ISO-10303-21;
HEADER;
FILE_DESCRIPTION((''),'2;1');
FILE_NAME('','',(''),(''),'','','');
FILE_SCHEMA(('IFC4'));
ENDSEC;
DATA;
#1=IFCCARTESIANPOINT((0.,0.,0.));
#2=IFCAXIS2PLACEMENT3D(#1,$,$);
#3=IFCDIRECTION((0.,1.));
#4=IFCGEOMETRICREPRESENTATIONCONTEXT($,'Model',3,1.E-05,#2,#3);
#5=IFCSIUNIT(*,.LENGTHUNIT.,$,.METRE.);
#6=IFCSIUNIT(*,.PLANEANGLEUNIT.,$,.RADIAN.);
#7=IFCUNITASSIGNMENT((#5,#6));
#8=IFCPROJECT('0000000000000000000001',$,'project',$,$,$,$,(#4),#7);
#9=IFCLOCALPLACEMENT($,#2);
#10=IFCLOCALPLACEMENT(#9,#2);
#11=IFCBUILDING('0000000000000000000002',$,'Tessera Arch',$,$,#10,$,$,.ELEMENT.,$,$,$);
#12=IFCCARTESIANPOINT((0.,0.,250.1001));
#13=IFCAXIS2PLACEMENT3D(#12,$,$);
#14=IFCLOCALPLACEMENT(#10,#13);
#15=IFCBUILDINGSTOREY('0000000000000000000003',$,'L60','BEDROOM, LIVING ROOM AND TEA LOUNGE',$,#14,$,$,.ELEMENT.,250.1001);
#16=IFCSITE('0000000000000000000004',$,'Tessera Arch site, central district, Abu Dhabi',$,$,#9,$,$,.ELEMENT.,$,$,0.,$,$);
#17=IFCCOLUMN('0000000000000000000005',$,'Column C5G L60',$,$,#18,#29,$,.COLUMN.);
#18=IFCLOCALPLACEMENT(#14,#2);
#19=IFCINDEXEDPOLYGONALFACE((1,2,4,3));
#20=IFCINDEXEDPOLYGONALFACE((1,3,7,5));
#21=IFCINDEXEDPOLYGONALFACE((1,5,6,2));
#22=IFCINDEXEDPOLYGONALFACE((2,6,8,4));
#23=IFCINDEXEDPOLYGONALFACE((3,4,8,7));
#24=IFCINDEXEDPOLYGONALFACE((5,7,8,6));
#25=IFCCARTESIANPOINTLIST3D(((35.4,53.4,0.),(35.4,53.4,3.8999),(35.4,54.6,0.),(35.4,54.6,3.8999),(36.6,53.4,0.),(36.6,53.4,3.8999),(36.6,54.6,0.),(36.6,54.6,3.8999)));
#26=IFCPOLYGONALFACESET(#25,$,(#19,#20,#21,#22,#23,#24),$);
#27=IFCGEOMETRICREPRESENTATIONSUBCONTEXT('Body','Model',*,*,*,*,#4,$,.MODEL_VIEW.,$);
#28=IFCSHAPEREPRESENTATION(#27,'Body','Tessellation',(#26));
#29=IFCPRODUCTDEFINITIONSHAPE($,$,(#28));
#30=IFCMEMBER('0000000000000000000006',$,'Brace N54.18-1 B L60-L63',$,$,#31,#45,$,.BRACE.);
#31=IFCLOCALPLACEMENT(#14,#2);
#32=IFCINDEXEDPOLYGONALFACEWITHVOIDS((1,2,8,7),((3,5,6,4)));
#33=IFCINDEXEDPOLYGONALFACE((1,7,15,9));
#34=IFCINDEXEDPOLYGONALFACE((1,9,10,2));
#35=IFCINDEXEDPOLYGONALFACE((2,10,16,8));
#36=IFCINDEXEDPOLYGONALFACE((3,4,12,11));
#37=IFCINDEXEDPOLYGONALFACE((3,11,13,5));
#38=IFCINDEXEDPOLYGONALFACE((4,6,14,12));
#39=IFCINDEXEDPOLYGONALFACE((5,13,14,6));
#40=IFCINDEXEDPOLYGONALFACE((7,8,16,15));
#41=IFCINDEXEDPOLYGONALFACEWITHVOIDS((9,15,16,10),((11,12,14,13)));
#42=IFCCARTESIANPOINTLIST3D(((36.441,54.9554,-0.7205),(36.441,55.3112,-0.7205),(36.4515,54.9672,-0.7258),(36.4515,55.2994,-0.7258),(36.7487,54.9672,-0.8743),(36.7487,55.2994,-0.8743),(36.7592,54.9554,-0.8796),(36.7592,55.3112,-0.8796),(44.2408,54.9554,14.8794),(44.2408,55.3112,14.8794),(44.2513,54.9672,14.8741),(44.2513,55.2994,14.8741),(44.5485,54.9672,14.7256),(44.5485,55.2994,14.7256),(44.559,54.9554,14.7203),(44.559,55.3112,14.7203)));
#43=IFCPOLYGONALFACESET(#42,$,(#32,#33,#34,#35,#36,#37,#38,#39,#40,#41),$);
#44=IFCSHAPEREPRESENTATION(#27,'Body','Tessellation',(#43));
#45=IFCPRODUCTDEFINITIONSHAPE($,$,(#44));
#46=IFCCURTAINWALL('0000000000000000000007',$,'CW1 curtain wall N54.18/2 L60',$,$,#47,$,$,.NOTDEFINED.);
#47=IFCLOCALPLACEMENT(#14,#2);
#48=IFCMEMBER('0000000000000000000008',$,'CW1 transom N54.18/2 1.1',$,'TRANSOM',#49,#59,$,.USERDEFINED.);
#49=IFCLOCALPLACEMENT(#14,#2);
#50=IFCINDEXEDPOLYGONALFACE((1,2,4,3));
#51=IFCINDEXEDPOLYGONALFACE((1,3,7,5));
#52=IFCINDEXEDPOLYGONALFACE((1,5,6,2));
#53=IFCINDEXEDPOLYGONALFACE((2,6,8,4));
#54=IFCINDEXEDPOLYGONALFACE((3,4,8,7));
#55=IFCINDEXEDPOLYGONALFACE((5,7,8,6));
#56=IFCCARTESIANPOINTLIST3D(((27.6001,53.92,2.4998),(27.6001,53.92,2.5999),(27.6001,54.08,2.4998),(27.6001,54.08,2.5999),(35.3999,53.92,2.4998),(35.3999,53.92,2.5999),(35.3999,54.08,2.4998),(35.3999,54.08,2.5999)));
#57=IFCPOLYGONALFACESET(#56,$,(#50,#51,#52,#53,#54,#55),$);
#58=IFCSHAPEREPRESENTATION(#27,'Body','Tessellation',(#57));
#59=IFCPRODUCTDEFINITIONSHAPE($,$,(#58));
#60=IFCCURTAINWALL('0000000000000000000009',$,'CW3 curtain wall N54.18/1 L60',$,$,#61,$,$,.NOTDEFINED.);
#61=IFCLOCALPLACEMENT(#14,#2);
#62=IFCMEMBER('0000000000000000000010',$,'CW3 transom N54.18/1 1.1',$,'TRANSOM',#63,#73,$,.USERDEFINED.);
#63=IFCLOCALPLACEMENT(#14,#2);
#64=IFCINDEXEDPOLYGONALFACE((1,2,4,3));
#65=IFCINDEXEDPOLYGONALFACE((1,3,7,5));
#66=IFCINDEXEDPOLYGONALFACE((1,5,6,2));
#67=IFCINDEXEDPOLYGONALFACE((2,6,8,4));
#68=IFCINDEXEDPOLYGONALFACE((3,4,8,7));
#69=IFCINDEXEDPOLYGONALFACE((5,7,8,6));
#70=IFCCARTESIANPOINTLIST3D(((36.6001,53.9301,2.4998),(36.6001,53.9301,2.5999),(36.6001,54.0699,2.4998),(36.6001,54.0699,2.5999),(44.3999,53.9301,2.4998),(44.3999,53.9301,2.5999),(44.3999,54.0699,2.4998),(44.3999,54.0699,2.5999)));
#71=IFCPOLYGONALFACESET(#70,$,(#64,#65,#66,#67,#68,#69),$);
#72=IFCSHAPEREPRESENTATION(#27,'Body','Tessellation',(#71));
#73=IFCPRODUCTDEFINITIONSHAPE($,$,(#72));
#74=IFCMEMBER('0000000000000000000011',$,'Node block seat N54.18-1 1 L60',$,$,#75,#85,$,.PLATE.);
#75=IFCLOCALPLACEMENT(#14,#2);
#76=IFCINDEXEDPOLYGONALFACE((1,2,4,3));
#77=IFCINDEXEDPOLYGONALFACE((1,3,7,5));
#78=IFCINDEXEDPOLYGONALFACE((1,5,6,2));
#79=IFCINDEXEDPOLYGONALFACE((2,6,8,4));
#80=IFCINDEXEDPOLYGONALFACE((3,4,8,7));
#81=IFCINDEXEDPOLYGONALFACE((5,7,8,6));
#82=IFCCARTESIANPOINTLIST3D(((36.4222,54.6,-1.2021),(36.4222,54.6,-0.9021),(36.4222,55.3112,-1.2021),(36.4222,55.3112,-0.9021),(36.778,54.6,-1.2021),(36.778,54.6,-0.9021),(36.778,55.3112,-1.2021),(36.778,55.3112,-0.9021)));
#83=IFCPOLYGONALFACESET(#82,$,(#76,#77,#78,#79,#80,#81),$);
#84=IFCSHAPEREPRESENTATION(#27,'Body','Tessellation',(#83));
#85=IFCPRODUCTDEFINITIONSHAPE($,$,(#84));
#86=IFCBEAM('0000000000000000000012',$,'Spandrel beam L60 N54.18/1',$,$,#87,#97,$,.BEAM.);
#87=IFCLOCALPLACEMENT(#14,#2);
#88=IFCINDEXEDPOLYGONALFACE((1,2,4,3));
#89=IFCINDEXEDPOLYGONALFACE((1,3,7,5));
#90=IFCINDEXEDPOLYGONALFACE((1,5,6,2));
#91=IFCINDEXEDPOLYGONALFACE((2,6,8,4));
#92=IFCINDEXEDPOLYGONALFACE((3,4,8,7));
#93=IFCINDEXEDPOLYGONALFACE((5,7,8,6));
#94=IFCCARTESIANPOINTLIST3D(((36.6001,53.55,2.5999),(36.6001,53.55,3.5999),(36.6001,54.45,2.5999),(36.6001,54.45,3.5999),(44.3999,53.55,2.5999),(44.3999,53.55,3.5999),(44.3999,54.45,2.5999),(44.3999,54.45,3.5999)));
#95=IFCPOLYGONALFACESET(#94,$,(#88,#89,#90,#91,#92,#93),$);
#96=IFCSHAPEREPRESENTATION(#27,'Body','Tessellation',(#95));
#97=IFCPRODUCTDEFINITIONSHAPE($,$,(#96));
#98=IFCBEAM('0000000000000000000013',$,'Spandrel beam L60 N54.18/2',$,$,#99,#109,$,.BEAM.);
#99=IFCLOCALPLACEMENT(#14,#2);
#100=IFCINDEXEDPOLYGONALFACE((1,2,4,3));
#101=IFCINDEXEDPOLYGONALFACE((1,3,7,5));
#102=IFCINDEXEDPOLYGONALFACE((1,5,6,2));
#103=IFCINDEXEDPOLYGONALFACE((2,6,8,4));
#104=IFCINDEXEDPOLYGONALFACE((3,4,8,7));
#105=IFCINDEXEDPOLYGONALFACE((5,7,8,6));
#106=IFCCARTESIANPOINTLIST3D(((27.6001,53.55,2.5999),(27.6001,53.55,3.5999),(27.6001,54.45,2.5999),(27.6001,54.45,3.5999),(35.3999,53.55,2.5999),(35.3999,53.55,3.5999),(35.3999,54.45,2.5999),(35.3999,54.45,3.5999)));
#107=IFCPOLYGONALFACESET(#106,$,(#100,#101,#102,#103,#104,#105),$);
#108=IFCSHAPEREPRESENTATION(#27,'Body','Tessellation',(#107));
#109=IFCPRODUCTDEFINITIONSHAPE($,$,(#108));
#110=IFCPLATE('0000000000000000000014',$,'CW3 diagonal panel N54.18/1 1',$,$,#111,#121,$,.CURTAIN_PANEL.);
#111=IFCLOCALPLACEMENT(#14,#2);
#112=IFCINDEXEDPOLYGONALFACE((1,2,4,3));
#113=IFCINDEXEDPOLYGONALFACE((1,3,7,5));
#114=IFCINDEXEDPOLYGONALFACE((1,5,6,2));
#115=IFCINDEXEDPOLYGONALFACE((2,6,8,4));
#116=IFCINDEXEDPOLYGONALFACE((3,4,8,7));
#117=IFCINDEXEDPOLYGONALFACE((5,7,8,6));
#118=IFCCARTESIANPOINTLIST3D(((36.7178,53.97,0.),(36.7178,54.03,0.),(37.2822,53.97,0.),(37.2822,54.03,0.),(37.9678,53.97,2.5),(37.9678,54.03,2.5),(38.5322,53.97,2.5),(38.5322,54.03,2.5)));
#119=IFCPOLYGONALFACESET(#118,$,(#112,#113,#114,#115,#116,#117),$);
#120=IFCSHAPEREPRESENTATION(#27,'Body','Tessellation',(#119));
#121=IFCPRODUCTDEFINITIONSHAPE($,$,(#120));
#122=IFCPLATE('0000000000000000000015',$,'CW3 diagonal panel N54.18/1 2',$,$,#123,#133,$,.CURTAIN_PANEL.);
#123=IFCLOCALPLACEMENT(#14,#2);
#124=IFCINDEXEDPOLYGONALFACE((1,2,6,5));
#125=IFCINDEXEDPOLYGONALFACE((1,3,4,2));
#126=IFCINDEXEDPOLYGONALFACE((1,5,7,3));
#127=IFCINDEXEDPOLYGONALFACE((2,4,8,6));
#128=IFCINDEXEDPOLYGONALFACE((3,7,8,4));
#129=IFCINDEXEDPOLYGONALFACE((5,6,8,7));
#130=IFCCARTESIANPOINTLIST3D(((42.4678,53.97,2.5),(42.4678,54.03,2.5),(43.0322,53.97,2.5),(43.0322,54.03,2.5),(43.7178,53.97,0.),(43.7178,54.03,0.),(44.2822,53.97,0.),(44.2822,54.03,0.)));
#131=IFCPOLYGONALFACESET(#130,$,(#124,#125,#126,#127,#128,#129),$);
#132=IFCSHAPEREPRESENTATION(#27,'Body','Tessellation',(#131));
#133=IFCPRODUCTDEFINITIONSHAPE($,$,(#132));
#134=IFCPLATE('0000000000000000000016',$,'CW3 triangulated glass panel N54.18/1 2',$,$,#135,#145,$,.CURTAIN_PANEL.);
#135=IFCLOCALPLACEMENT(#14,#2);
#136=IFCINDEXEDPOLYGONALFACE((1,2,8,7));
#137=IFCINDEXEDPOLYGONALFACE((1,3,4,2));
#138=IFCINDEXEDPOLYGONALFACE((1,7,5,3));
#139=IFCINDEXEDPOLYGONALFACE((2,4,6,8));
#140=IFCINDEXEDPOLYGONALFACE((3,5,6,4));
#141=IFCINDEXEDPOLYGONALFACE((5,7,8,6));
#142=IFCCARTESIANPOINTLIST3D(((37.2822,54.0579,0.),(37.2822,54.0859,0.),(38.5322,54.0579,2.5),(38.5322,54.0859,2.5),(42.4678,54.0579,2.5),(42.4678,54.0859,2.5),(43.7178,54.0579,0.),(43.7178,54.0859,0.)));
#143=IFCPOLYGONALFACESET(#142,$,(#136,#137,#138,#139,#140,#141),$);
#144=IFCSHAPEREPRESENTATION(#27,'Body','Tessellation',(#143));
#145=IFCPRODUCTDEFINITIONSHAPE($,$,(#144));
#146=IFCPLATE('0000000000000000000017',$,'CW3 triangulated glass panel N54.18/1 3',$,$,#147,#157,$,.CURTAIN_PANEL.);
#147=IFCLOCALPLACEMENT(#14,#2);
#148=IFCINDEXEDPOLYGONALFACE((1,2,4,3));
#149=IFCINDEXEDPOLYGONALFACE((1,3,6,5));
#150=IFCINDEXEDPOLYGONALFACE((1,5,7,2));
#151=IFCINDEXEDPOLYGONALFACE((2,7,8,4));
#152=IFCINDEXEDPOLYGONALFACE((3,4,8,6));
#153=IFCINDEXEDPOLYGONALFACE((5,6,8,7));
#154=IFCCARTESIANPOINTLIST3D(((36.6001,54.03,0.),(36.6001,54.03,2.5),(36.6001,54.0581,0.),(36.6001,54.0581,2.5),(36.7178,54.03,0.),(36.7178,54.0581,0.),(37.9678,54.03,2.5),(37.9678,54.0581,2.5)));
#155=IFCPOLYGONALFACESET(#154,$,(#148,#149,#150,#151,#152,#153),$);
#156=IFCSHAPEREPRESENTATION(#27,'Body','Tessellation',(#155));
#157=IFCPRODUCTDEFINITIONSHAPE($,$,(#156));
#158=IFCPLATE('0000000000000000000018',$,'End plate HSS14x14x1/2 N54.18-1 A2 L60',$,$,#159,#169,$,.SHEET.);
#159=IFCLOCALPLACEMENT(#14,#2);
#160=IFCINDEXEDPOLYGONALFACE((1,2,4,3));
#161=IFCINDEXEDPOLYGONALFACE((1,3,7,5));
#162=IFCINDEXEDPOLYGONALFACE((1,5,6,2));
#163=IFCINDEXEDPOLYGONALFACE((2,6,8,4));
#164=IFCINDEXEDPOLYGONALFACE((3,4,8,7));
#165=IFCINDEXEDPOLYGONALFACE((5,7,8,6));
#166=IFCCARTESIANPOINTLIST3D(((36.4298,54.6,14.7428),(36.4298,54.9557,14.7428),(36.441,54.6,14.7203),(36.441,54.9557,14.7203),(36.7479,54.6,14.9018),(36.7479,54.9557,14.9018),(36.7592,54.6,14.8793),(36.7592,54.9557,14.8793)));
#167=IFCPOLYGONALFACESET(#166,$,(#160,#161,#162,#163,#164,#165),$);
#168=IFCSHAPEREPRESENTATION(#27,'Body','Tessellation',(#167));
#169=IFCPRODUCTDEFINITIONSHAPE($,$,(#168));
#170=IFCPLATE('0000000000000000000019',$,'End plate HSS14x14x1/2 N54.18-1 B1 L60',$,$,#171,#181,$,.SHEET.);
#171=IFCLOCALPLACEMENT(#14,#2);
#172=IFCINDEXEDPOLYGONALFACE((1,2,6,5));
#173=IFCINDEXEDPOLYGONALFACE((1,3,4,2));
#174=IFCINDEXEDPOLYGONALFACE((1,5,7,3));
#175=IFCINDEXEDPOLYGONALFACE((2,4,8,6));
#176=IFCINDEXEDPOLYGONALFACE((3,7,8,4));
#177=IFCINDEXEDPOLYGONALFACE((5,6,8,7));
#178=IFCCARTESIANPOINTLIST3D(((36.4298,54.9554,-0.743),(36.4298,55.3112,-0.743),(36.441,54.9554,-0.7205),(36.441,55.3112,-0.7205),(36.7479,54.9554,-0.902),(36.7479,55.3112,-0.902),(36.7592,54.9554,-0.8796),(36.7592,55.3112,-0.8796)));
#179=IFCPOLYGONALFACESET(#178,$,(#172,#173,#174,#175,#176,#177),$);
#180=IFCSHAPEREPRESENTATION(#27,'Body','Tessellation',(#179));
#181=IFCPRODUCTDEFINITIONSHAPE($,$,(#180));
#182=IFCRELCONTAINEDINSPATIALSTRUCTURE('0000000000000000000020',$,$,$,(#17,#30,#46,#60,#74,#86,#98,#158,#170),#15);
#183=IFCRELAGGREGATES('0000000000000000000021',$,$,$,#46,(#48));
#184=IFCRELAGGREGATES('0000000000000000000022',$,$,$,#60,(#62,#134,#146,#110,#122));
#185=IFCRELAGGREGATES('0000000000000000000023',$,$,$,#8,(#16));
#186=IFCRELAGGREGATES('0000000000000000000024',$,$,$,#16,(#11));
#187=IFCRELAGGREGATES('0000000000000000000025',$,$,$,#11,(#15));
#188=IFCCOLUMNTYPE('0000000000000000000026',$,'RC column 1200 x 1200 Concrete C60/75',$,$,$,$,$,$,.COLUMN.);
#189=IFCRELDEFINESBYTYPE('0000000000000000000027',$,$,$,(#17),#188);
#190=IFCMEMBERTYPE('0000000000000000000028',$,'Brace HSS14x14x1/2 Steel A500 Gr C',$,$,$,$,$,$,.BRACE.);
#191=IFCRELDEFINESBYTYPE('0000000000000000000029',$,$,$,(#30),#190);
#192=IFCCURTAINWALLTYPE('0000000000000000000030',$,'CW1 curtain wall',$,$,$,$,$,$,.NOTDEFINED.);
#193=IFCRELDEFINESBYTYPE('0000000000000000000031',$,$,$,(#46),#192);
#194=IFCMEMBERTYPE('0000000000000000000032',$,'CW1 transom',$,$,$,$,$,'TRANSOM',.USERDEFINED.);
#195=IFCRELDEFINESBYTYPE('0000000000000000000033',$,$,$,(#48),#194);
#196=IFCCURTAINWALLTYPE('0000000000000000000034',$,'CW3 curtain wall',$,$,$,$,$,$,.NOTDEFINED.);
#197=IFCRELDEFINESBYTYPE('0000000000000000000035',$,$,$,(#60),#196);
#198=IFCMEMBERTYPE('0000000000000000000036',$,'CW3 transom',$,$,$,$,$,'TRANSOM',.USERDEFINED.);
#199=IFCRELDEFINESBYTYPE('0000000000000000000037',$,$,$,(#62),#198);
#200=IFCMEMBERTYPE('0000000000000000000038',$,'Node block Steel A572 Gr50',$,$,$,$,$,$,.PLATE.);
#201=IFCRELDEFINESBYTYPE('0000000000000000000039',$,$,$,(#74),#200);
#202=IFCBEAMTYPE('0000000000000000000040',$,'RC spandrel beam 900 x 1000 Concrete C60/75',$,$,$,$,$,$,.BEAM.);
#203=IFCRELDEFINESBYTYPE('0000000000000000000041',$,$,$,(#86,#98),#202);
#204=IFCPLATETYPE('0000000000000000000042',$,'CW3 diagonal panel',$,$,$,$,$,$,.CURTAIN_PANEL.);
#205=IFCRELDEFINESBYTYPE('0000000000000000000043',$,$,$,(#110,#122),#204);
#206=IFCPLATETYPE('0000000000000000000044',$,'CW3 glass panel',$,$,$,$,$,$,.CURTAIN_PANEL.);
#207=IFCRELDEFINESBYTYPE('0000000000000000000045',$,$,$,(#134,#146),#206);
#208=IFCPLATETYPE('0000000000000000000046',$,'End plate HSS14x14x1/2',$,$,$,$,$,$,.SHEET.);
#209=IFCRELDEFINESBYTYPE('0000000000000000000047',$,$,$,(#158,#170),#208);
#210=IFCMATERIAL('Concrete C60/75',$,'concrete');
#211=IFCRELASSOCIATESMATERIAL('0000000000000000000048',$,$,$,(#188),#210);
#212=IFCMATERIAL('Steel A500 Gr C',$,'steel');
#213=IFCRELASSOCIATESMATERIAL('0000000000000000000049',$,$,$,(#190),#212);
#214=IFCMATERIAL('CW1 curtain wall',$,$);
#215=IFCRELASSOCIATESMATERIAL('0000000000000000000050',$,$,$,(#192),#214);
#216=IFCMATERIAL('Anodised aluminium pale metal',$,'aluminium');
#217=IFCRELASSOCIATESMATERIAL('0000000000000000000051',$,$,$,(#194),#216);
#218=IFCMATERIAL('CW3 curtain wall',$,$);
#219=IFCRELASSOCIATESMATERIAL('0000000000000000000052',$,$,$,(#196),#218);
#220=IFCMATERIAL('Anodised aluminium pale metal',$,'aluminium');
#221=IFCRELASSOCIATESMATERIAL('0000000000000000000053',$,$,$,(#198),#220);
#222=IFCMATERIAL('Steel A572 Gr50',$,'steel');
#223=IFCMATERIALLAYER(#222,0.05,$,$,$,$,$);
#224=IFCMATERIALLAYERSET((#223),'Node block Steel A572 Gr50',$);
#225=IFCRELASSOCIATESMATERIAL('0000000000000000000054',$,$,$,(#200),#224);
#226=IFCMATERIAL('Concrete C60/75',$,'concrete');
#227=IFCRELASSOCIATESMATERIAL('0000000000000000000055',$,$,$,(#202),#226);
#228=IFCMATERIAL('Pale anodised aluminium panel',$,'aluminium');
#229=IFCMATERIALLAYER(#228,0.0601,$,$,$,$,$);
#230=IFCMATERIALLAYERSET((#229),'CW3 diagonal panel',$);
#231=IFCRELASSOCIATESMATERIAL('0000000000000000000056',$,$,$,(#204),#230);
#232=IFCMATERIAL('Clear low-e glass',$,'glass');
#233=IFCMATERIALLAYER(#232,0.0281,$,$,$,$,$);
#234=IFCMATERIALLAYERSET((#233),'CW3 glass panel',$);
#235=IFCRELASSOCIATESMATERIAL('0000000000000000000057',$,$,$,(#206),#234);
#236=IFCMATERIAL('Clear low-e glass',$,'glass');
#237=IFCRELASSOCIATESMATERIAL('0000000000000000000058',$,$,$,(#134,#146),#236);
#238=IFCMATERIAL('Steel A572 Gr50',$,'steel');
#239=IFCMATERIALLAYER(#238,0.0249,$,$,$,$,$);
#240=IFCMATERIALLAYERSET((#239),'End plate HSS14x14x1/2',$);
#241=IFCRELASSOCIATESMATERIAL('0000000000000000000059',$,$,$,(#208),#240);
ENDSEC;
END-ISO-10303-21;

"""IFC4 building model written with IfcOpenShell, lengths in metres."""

from ifc_helpers import new_model, si_unit, direction, frame, origin, origin_2d, place, context, subcontext, project, spatial, polyline, rectangle, hollow_rectangle, outline, extrude, material, layer, layer_set, material_profile, profile_set, type_object, element, aggregate, save


model = new_model("IFC4")

# Units and contexts
model_context = context("Model", 3, precision=1e-05, world=origin(), true_north=direction((0.0, 1.0)))
body_context = subcontext(model_context, "Body", "Model", "MODEL_VIEW")
ifc_project = project(units=[si_unit("LENGTHUNIT", "METRE"), si_unit("PLANEANGLEUNIT", "RADIAN")], contexts=[model_context])

# Site, building, storey
site_placement = place(None, origin())
site = spatial("IfcSite", under=ifc_project, at=site_placement, Name="Tessera Arch site, central district, Abu Dhabi", CompositionType="ELEMENT", RefElevation=0.0)
building_placement = place(site_placement, origin())
building = spatial("IfcBuilding", under=site, at=building_placement, Name="Tessera Arch", CompositionType="ELEMENT")
storey_placement = place(building_placement, frame((0.0, 0.0, 250.1001)))
storey = spatial("IfcBuildingStorey", under=building, at=storey_placement, Name="L60", Description="BEDROOM, LIVING ROOM AND TEA LOUNGE", CompositionType="ELEMENT", Elevation=250.1001)

# Column
ifc_material_1 = material(Name="Concrete C60/75", Category="concrete")
ifc_material_profile_1 = material_profile(ifc_material_1, rectangle(XDim=1.2, YDim=1.2, at=origin_2d()), Name="RC column 1200 x 1200 Concrete C60/75")
ifc_profile_set_1 = profile_set([ifc_material_profile_1], Name="Concrete C60/75")
column_type = type_object("IfcColumnType", Name="RC column 1200 x 1200 Concrete C60/75", PredefinedType="COLUMN", material=ifc_profile_set_1)
column_placement = place(storey_placement, frame((36.0, 54.0, 0.0), z_axis=(0.0, 0.0, 1.0), x_axis=(1.0, 0.0, 0.0)))
element("IfcColumn", 1, at=column_placement, inside=storey, type_object=column_type, Name="Column C5G L60", PredefinedType="COLUMN", context=body_context, shape_type="SweptSolid", body=[
    extrude(rectangle(XDim=1.2, YDim=1.2, at=origin_2d()), origin(), (0.0, 0.0, 1.0), 3.8999),
])

# Member
ifc_material_2 = material(Name="Steel A500 Gr C", Category="steel")
ifc_material_profile_2 = material_profile(ifc_material_2, hollow_rectangle(XDim=0.3557, YDim=0.3557, WallThickness=0.0117, at=origin_2d()), Name="HSS14x14x1/2")
ifc_profile_set_2 = profile_set([ifc_material_profile_2], Name="Steel A500 Gr C")
member_type_1 = type_object("IfcMemberType", Name="Brace HSS14x14x1/2 Steel A500 Gr C", PredefinedType="BRACE", material=ifc_profile_set_2)
member_1_placement = place(storey_placement, frame((36.6001, 55.1333, -0.8), z_axis=(0.447208, 0.0, 0.89443), x_axis=(0.0, 1.0, 0.0)))
element("IfcMember", 2, at=member_1_placement, inside=storey, type_object=member_type_1, Name="Brace N54.18-1 B L60-L63", PredefinedType="BRACE", context=body_context, shape_type="SweptSolid", body=[
    extrude(hollow_rectangle(XDim=0.3557, YDim=0.3557, WallThickness=0.0117, at=origin_2d()), origin(), (0.0, 0.0, 1.0), 17.4412),
])

# Curtain walls, members
ifc_material_3 = material(Name="CW1 curtain wall")
curtain_wall_type_1 = type_object("IfcCurtainWallType", Name="CW1 curtain wall", PredefinedType="NOTDEFINED", material=ifc_material_3)
curtain_wall_1_placement = place(storey_placement, origin())
curtain_wall_1 = element("IfcCurtainWall", 3, at=curtain_wall_1_placement, inside=storey, type_object=curtain_wall_type_1, Name="CW1 curtain wall N54.18/2 L60", PredefinedType="NOTDEFINED")
ifc_material_4 = material(Name="Anodised aluminium pale metal", Category="aluminium")
ifc_material_profile_3 = material_profile(ifc_material_4, rectangle(XDim=0.1599, YDim=0.1001, at=origin_2d()), Name="AL 160x100")
ifc_profile_set_3 = profile_set([ifc_material_profile_3], Name="Anodised aluminium pale metal")
member_type_2 = type_object("IfcMemberType", Name="CW1 transom", ElementType="TRANSOM", PredefinedType="USERDEFINED", material=ifc_profile_set_3)
member_2_placement = place(storey_placement, frame((35.3999, 54.0, 2.5498), z_axis=(-1.0, 0.0, 0.0), x_axis=(0.0, -1.0, 0.0)))
member_2 = element("IfcMember", 4, at=member_2_placement, type_object=member_type_2, Name="CW1 transom N54.18/2 1.1", ObjectType="TRANSOM", PredefinedType="USERDEFINED", context=body_context, shape_type="SweptSolid", body=[
    extrude(rectangle(XDim=0.1599, YDim=0.1001, at=origin_2d()), origin(), (0.0, 0.0, 1.0), 7.7998),
])
aggregate(curtain_wall_1, [member_2])
ifc_material_5 = material(Name="CW3 curtain wall")
curtain_wall_type_2 = type_object("IfcCurtainWallType", Name="CW3 curtain wall", PredefinedType="NOTDEFINED", material=ifc_material_5)
curtain_wall_2_placement = place(storey_placement, origin())
curtain_wall_2 = element("IfcCurtainWall", 5, at=curtain_wall_2_placement, inside=storey, type_object=curtain_wall_type_2, Name="CW3 curtain wall N54.18/1 L60", PredefinedType="NOTDEFINED")
ifc_material_6 = material(Name="Anodised aluminium pale metal", Category="aluminium")
ifc_material_profile_4 = material_profile(ifc_material_6, rectangle(XDim=0.1399, YDim=0.1001, at=origin_2d()), Name="AL 140x100")
ifc_profile_set_4 = profile_set([ifc_material_profile_4], Name="Anodised aluminium pale metal")
member_type_3 = type_object("IfcMemberType", Name="CW3 transom", ElementType="TRANSOM", PredefinedType="USERDEFINED", material=ifc_profile_set_4)
member_3_placement = place(storey_placement, frame((44.3999, 54.0, 2.5498), z_axis=(-1.0, 0.0, 0.0), x_axis=(0.0, -1.0, 0.0)))
member_3 = element("IfcMember", 6, at=member_3_placement, type_object=member_type_3, Name="CW3 transom N54.18/1 1.1", ObjectType="TRANSOM", PredefinedType="USERDEFINED", context=body_context, shape_type="SweptSolid", body=[
    extrude(rectangle(XDim=0.1399, YDim=0.1001, at=origin_2d()), origin(), (0.0, 0.0, 1.0), 7.7998),
])

# Member
ifc_material_7 = material(Name="Steel A572 Gr50", Category="steel")
ifc_layer_1 = layer(ifc_material_7, 0.05)
ifc_layer_set_1 = layer_set([ifc_layer_1], Name="Node block Steel A572 Gr50")
member_type_4 = type_object("IfcMemberType", Name="Node block Steel A572 Gr50", PredefinedType="PLATE", material=ifc_layer_set_1)
member_4_placement = place(storey_placement, frame((36.6001, 54.9556, -1.2021), z_axis=(0.0, 0.0, 1.0), x_axis=(-1.0, 0.0, 0.0)))
element("IfcMember", 7, at=member_4_placement, inside=storey, type_object=member_type_4, Name="Node block seat N54.18-1 1 L60", PredefinedType="PLATE", context=body_context, shape_type="SweptSolid", body=[
    extrude(rectangle(XDim=0.3557, YDim=0.7112, at=origin_2d()), origin(), (0.0, 0.0, 1.0), 0.3),
])

# Beams
ifc_material_8 = material(Name="Concrete C60/75", Category="concrete")
ifc_material_profile_5 = material_profile(ifc_material_8, rectangle(XDim=0.8999, YDim=1.0, at=origin_2d()), Name="RC spandrel beam 900 x 1000 Concrete C60/75")
ifc_profile_set_5 = profile_set([ifc_material_profile_5], Name="Concrete C60/75")
beam_type = type_object("IfcBeamType", Name="RC spandrel beam 900 x 1000 Concrete C60/75", PredefinedType="BEAM", material=ifc_profile_set_5)
for number, where, z_axis, x_axis, name in (
    (8, (44.3999, 54.0, 3.0999), (-1.0, 0.0, 0.0), (0.0, -1.0, 0.0), "Spandrel beam L60 N54.18/1"),
    (9, (35.3999, 54.0, 3.0999), (-1.0, 0.0, 0.0), (0.0, -1.0, 0.0), "Spandrel beam L60 N54.18/2"),
):
    element("IfcBeam", number, at=place(storey_placement, frame(where, z_axis=z_axis, x_axis=x_axis)), inside=storey, type_object=beam_type, Name=name, PredefinedType="BEAM", context=body_context, shape_type="SweptSolid", body=[
        extrude(rectangle(XDim=0.8999, YDim=1.0, at=origin_2d()), origin(), (0.0, 0.0, 1.0), 7.7998),
    ])

# Plates
ifc_material_9 = material(Name="Pale anodised aluminium panel", Category="aluminium")
ifc_layer_2 = layer(ifc_material_9, 0.0601)
ifc_layer_set_2 = layer_set([ifc_layer_2], Name="CW3 diagonal panel")
plate_type_1 = type_object("IfcPlateType", Name="CW3 diagonal panel", PredefinedType="CURTAIN_PANEL", material=ifc_layer_set_2)
plate_1_placement = place(storey_placement, frame((37.9678, 54.03, 2.5), z_axis=(0.0, 1.0, 0.0), x_axis=(1.0, 0.0, 0.0)))
plate_1 = element("IfcPlate", 10, at=plate_1_placement, type_object=plate_type_1, Name="CW3 diagonal panel N54.18/1 1", PredefinedType="CURTAIN_PANEL", context=body_context, shape_type="SweptSolid", body=[
    extrude(outline(polyline([(0.0, 0.0), (0.5645, 0.0), (-0.6855, 2.5), (-1.25, 2.5), (0.0, 0.0)])), origin(), (0.0, 0.0, -1.0), 0.0601),
])
plate_2_placement = place(storey_placement, frame((42.4678, 54.03, 2.5), z_axis=(0.0, 1.0, 0.0), x_axis=(1.0, 0.0, 0.0)))
plate_2 = element("IfcPlate", 11, at=plate_2_placement, type_object=plate_type_1, Name="CW3 diagonal panel N54.18/1 2", PredefinedType="CURTAIN_PANEL", context=body_context, shape_type="SweptSolid", body=[
    extrude(outline(polyline([(0.0, 0.0), (0.5645, 0.0), (1.8145, 2.5), (1.25, 2.5), (0.0, 0.0)])), origin(), (0.0, 0.0, -1.0), 0.0601),
])
ifc_material_10 = material(Name="Clear low-e glass", Category="glass")
ifc_material_11 = material(Name="Clear low-e glass", Category="glass")
ifc_layer_3 = layer(ifc_material_11, 0.0281)
ifc_layer_set_3 = layer_set([ifc_layer_3], Name="CW3 glass panel")
plate_type_2 = type_object("IfcPlateType", Name="CW3 glass panel", PredefinedType="CURTAIN_PANEL", material=ifc_layer_set_3)
plate_3_placement = place(storey_placement, frame((38.5322, 54.0859, 2.5), z_axis=(0.0, 1.0, 0.0), x_axis=(1.0, 0.0, 0.0)))
plate_3 = element("IfcPlate", 12, at=plate_3_placement, type_object=plate_type_2, material=ifc_material_10, Name="CW3 triangulated glass panel N54.18/1 2", PredefinedType="CURTAIN_PANEL", context=body_context, shape_type="SweptSolid", body=[
    extrude(outline(polyline([(0.0, 0.0), (3.9355, 0.0), (5.1855, 2.5), (-1.25, 2.5), (0.0, 0.0)])), origin(), (0.0, 0.0, -1.0), 0.0281),
])
plate_4_placement = place(storey_placement, frame((36.6001, 54.0581, 2.5), z_axis=(0.0, 1.0, 0.0), x_axis=(1.0, 0.0, 0.0)))
plate_4 = element("IfcPlate", 13, at=plate_4_placement, type_object=plate_type_2, material=ifc_material_10, Name="CW3 triangulated glass panel N54.18/1 3", PredefinedType="CURTAIN_PANEL", context=body_context, shape_type="SweptSolid", body=[
    extrude(outline(polyline([(0.0, 0.0), (1.3677, 0.0), (0.1177, 2.5), (0.0, 2.5), (0.0, 0.0)])), origin(), (0.0, 0.0, -1.0), 0.0281),
])
aggregate(curtain_wall_2, [member_3, plate_3, plate_4, plate_1, plate_2])

# Plates
ifc_material_12 = material(Name="Steel A572 Gr50", Category="steel")
ifc_layer_4 = layer(ifc_material_12, 0.0249)
ifc_layer_set_4 = layer_set([ifc_layer_4], Name="End plate HSS14x14x1/2")
plate_type_3 = type_object("IfcPlateType", Name="End plate HSS14x14x1/2", PredefinedType="SHEET", material=ifc_layer_set_4)
for number, where, z_axis, x_axis, name in (
    (14, (36.6001, 54.7778, 14.7998), (-0.447214, 0.0, 0.894427), (0.0, -1.0, 0.0), "End plate HSS14x14x1/2 N54.18-1 A2 L60"),
    (15, (36.5889, 55.1333, -0.8225), (0.447214, 0.0, 0.894427), (0.0, 1.0, 0.0), "End plate HSS14x14x1/2 N54.18-1 B1 L60"),
):
    element("IfcPlate", number, at=place(storey_placement, frame(where, z_axis=z_axis, x_axis=x_axis)), inside=storey, type_object=plate_type_3, Name=name, PredefinedType="SHEET", context=body_context, shape_type="SweptSolid", body=[
        extrude(rectangle(XDim=0.3557, YDim=0.3557, at=origin_2d()), origin(), (0.0, 0.0, 1.0), 0.0251),
    ])

save(model, "model.ifc")
